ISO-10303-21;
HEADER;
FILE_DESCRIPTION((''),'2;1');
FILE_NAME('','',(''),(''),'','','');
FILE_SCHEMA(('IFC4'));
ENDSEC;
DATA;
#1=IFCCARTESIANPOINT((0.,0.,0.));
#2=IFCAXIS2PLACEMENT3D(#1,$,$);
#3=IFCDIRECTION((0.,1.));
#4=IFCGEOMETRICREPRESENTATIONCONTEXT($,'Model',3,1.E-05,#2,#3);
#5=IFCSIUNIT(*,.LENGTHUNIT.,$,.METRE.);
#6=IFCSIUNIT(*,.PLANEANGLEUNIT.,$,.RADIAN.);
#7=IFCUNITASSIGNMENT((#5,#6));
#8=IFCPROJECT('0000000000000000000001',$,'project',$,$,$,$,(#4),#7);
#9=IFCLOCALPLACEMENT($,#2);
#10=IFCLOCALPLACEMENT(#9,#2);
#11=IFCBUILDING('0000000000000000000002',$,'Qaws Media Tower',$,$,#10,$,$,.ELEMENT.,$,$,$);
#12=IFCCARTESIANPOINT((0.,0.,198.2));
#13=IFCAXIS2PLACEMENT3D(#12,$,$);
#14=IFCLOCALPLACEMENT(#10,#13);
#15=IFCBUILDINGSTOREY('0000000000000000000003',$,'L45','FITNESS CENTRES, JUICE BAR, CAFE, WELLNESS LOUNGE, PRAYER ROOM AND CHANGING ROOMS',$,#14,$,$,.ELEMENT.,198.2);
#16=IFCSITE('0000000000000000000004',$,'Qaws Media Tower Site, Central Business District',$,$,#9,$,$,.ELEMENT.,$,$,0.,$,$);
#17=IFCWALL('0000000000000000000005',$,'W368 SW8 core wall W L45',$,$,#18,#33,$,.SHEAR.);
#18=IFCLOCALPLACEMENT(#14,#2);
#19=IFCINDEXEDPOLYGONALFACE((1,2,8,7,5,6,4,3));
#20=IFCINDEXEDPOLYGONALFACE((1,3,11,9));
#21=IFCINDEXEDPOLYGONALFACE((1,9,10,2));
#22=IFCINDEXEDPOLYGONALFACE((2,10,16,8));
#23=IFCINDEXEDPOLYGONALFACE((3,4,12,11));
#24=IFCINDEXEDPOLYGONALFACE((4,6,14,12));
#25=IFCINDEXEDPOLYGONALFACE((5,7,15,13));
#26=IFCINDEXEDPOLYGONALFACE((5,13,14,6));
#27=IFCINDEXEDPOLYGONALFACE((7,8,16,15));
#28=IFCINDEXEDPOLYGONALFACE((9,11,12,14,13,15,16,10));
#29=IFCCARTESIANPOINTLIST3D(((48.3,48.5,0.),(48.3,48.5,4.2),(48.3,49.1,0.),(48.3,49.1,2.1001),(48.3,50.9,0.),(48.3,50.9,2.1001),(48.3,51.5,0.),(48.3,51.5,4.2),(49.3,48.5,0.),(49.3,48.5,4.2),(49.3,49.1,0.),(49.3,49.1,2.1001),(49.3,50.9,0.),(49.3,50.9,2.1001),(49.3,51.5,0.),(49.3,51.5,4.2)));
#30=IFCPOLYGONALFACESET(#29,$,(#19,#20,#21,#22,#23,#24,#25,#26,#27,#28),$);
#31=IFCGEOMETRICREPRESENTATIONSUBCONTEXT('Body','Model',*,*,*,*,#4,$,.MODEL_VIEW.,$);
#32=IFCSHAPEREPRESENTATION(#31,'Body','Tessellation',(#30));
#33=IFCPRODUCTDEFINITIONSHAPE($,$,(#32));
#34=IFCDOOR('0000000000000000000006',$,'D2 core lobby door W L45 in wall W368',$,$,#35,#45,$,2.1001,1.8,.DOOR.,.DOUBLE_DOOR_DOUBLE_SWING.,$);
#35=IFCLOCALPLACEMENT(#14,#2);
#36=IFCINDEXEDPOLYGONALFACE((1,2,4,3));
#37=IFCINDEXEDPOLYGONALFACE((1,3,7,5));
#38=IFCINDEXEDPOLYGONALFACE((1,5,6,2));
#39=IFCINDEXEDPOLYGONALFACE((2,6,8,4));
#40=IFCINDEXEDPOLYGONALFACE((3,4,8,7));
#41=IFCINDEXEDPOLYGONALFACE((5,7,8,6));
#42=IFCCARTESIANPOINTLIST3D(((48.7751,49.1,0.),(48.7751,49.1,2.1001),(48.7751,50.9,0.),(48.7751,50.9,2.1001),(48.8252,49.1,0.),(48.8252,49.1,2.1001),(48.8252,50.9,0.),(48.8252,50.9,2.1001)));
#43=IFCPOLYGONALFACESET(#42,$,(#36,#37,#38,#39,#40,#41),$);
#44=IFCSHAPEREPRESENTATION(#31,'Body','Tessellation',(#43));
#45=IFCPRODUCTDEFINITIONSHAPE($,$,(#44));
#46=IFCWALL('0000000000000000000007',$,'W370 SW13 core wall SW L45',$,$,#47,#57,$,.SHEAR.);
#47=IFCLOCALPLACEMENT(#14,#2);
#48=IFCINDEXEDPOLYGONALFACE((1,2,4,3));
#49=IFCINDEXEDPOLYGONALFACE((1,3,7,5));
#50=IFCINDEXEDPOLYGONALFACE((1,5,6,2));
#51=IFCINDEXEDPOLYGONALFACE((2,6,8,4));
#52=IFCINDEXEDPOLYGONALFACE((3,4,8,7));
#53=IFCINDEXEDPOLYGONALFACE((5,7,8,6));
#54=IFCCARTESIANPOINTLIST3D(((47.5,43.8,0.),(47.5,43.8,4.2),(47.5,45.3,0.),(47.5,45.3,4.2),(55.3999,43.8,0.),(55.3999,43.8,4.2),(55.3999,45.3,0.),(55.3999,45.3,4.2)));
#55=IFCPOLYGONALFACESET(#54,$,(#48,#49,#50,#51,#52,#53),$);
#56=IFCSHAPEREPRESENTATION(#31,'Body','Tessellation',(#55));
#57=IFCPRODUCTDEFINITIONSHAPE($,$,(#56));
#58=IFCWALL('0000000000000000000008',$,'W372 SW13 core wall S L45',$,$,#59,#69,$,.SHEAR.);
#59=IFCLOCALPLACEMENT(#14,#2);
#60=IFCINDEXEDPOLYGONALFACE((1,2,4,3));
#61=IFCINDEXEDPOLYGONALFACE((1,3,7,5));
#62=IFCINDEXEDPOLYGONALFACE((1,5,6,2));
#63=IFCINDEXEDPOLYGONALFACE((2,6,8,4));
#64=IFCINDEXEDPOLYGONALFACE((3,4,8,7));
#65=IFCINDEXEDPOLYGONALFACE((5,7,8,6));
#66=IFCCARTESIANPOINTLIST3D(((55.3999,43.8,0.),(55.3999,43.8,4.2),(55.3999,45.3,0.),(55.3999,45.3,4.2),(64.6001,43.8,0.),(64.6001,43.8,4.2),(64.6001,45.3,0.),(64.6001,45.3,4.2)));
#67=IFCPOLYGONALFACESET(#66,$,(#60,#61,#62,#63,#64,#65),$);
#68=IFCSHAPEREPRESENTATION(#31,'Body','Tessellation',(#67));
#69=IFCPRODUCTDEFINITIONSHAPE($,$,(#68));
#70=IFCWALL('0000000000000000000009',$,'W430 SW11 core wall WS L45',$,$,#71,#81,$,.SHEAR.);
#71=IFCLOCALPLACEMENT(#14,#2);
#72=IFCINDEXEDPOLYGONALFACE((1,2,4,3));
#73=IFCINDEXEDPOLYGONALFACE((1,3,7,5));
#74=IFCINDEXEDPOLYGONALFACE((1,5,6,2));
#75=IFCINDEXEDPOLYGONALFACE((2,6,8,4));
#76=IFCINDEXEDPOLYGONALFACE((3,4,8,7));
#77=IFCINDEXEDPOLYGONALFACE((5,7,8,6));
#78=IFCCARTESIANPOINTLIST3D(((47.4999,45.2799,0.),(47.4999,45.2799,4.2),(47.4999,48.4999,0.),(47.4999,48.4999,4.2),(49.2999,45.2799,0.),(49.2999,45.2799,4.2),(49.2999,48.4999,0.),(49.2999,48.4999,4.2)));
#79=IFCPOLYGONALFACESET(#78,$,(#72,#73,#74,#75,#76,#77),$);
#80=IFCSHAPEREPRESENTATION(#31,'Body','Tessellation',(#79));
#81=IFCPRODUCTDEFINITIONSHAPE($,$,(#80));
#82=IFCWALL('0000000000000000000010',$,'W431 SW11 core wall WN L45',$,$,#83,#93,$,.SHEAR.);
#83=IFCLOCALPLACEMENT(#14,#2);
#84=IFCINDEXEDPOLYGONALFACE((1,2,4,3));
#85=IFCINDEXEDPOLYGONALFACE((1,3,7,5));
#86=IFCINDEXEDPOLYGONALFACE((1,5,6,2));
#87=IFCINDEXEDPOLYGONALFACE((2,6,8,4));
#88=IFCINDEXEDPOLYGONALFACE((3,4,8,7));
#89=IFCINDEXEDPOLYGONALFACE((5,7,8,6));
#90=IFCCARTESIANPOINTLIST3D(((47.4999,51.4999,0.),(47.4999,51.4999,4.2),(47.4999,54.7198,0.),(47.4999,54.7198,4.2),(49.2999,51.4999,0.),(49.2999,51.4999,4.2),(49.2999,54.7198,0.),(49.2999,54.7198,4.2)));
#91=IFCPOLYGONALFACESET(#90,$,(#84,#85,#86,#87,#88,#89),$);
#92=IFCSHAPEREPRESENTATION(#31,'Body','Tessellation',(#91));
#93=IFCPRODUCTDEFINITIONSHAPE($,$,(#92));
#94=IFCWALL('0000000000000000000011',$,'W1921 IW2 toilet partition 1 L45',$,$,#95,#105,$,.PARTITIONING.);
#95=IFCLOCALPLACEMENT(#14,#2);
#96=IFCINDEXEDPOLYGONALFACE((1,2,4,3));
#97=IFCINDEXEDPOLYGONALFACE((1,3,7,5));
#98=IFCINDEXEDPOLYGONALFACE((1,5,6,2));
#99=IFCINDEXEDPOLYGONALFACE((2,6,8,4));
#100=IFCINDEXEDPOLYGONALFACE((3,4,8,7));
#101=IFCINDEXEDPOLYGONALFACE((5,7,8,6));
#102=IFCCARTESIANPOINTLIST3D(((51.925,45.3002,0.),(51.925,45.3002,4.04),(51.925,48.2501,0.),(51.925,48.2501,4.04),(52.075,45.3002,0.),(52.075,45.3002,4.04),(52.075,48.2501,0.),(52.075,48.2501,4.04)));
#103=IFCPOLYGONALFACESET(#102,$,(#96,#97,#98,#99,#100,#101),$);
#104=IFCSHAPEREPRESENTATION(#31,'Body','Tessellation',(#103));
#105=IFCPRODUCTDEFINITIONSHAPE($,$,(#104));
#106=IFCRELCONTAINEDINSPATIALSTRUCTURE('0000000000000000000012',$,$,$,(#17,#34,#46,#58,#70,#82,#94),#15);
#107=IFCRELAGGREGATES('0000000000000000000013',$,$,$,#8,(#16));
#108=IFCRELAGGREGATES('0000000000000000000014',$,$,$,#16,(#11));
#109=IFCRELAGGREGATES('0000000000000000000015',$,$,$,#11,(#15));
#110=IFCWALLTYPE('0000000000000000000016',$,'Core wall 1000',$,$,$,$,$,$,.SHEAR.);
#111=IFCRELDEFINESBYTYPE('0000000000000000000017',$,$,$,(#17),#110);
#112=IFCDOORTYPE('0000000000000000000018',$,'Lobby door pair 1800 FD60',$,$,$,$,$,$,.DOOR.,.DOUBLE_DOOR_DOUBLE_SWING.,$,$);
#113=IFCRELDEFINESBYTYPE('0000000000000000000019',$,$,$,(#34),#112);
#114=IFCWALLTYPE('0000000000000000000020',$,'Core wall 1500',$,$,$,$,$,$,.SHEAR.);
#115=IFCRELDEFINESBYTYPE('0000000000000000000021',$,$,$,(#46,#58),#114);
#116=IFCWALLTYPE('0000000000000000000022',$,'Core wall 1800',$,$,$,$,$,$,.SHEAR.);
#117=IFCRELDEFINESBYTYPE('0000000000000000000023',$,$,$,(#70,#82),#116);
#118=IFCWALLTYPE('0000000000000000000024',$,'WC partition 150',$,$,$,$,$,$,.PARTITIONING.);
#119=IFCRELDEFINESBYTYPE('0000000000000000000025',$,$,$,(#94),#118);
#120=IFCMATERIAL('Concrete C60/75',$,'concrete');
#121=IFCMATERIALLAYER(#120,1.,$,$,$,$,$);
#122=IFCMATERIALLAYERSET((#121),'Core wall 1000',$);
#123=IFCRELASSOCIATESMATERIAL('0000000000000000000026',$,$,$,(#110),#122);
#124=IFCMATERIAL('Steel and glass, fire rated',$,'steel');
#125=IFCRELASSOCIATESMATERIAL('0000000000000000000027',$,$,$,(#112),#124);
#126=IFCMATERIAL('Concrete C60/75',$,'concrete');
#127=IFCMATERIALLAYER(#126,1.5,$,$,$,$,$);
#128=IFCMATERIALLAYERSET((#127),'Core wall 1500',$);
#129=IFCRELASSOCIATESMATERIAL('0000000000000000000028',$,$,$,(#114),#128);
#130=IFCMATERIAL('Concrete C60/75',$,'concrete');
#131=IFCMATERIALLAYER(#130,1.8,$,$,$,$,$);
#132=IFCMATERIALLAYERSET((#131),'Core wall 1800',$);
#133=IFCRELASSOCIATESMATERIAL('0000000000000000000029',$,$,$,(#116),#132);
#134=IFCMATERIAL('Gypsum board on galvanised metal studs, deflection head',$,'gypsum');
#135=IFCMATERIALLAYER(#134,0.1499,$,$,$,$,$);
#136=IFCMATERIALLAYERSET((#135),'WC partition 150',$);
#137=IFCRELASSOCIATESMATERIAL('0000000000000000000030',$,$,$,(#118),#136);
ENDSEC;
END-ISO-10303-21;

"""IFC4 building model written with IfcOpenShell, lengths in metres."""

from ifc_helpers import new_model, si_unit, direction, frame, frame_2d, origin, place, context, subcontext, project, spatial, rectangle, extrude, material, layer, layer_set, type_object, element, fill, save


model = new_model("IFC4")

# Units and contexts
model_context = context("Model", 3, precision=1e-05, world=origin(), true_north=direction((0.0, 1.0)))
body_context = subcontext(model_context, "Body", "Model", "MODEL_VIEW")
ifc_project = project(units=[si_unit("LENGTHUNIT", "METRE"), si_unit("PLANEANGLEUNIT", "RADIAN")], contexts=[model_context])

# Site, building, storey
site_placement = place(None, origin())
site = spatial("IfcSite", under=ifc_project, at=site_placement, Name="Qaws Media Tower Site, Central Business District", CompositionType="ELEMENT", RefElevation=0.0)
building_placement = place(site_placement, origin())
building = spatial("IfcBuilding", under=site, at=building_placement, Name="Qaws Media Tower", CompositionType="ELEMENT")
storey_placement = place(building_placement, frame((0.0, 0.0, 198.2)))
storey = spatial("IfcBuildingStorey", under=building, at=storey_placement, Name="L45", Description="FITNESS CENTRES, JUICE BAR, CAFE, WELLNESS LOUNGE, PRAYER ROOM AND CHANGING ROOMS", CompositionType="ELEMENT", Elevation=198.2)

# Wall, opening, door
ifc_material_1 = material(Name="Concrete C60/75", Category="concrete")
ifc_layer_1 = layer(ifc_material_1, 1.0)
ifc_layer_set_1 = layer_set([ifc_layer_1], Name="Core wall 1000")
wall_type_1 = type_object("IfcWallType", Name="Core wall 1000", PredefinedType="SHEAR", material=ifc_layer_set_1)
wall_1_placement = place(storey_placement, frame((48.8, 48.5, 0.0), z_axis=(0.0, 0.0, 1.0), x_axis=(0.0, 1.0, 0.0)))
wall_1 = element("IfcWall", 1, at=wall_1_placement, inside=storey, type_object=wall_type_1, Name="W368 SW8 core wall W L45", PredefinedType="SHEAR", context=body_context, shape_type="SweptSolid", body=[
    extrude(rectangle(XDim=3.0, YDim=1.0, at=frame_2d((1.5, 0.0))), origin(), (0.0, 0.0, 1.0), 4.2),
])
opening_1_placement = place(wall_1_placement, frame((0.6001, 0.0, 0.0)))
opening_1 = element("IfcOpeningElement", 2, at=opening_1_placement, cuts=wall_1, PredefinedType="OPENING", context=body_context, shape_type="SweptSolid", body=[
    extrude(rectangle(XDim=1.8, YDim=2.1001, at=frame_2d((0.8999, 1.05))), frame((0.0, 0.51, 0.0), z_axis=(0.0, -1.0, 0.0), x_axis=(1.0, 0.0, 0.0)), (0.0, 0.0, 1.0), 1.02),
])
ifc_material_2 = material(Name="Steel and glass, fire rated", Category="steel")
door_type_1 = type_object("IfcDoorType", Name="Lobby door pair 1800 FD60", OperationType="DOUBLE_DOOR_DOUBLE_SWING", PredefinedType="DOOR", material=ifc_material_2)
door_1_placement = place(opening_1_placement, origin())
door_1 = element("IfcDoor", 3, at=door_1_placement, inside=storey, type_object=door_type_1, Name="D2 core lobby door W L45 in wall W368", OperationType="DOUBLE_DOOR_DOUBLE_SWING", OverallHeight=2.1001, OverallWidth=1.8, PredefinedType="DOOR", context=body_context, shape_type="SweptSolid", body=[
    extrude(rectangle(XDim=1.8, YDim=2.1001, at=frame_2d((0.8999, 1.05))), frame((0.0, 0.0249, 0.0), z_axis=(0.0, -1.0, 0.0), x_axis=(1.0, 0.0, 0.0)), (0.0, 0.0, 1.0), 0.05),
])
fill(opening_1, door_1)

# Walls
ifc_material_3 = material(Name="Concrete C60/75", Category="concrete")
ifc_layer_2 = layer(ifc_material_3, 1.5)
ifc_layer_set_2 = layer_set([ifc_layer_2], Name="Core wall 1500")
wall_type_2 = type_object("IfcWallType", Name="Core wall 1500", PredefinedType="SHEAR", material=ifc_layer_set_2)
wall_2_placement = place(storey_placement, frame((47.5, 44.55, 0.0), z_axis=(0.0, 0.0, 1.0), x_axis=(1.0, 0.0, 0.0)))
element("IfcWall", 4, at=wall_2_placement, inside=storey, type_object=wall_type_2, Name="W370 SW13 core wall SW L45", PredefinedType="SHEAR", context=body_context, shape_type="SweptSolid", body=[
    extrude(rectangle(XDim=7.8999, YDim=1.5, at=frame_2d((3.95, 0.0))), origin(), (0.0, 0.0, 1.0), 4.2),
])
wall_3_placement = place(storey_placement, frame((55.3999, 44.55, 0.0), z_axis=(0.0, 0.0, 1.0), x_axis=(1.0, 0.0, 0.0)))
element("IfcWall", 5, at=wall_3_placement, inside=storey, type_object=wall_type_2, Name="W372 SW13 core wall S L45", PredefinedType="SHEAR", context=body_context, shape_type="SweptSolid", body=[
    extrude(rectangle(XDim=9.2002, YDim=1.5, at=frame_2d((4.6001, 0.0))), origin(), (0.0, 0.0, 1.0), 4.2),
])
ifc_material_4 = material(Name="Concrete C60/75", Category="concrete")
ifc_layer_3 = layer(ifc_material_4, 1.8)
ifc_layer_set_3 = layer_set([ifc_layer_3], Name="Core wall 1800")
wall_type_3 = type_object("IfcWallType", Name="Core wall 1800", PredefinedType="SHEAR", material=ifc_layer_set_3)
for number, where, z_axis, x_axis, name in (
    (6, (48.3999, 45.28, 0.0), (0.0, 0.0, 1.0), (0.0, 1.0, 0.0), "W430 SW11 core wall WS L45"),
    (7, (48.3999, 51.5, 0.0), (0.0, 0.0, 1.0), (0.0, 1.0, 0.0), "W431 SW11 core wall WN L45"),
):
    element("IfcWall", number, at=place(storey_placement, frame(where, z_axis=z_axis, x_axis=x_axis)), inside=storey, type_object=wall_type_3, Name=name, PredefinedType="SHEAR", context=body_context, shape_type="SweptSolid", body=[
        extrude(rectangle(XDim=3.22, YDim=1.8, at=frame_2d((1.6099, 0.0))), origin(), (0.0, 0.0, 1.0), 4.2),
    ])
ifc_material_5 = material(Name="Gypsum board on galvanised metal studs, deflection head", Category="gypsum")
ifc_layer_4 = layer(ifc_material_5, 0.1499)
ifc_layer_set_4 = layer_set([ifc_layer_4], Name="WC partition 150")
wall_type_4 = type_object("IfcWallType", Name="WC partition 150", PredefinedType="PARTITIONING", material=ifc_layer_set_4)
wall_4_placement = place(storey_placement, frame((52.0, 45.3, 0.0), z_axis=(0.0, 0.0, 1.0), x_axis=(0.0, 1.0, 0.0)))
element("IfcWall", 8, at=wall_4_placement, inside=storey, type_object=wall_type_4, Name="W1921 IW2 toilet partition 1 L45", PredefinedType="PARTITIONING", context=body_context, shape_type="SweptSolid", body=[
    extrude(rectangle(XDim=2.95, YDim=0.1499, at=frame_2d((1.4751, 0.0))), origin(), (0.0, 0.0, 1.0), 4.04),
])

save(model, "model.ifc")
